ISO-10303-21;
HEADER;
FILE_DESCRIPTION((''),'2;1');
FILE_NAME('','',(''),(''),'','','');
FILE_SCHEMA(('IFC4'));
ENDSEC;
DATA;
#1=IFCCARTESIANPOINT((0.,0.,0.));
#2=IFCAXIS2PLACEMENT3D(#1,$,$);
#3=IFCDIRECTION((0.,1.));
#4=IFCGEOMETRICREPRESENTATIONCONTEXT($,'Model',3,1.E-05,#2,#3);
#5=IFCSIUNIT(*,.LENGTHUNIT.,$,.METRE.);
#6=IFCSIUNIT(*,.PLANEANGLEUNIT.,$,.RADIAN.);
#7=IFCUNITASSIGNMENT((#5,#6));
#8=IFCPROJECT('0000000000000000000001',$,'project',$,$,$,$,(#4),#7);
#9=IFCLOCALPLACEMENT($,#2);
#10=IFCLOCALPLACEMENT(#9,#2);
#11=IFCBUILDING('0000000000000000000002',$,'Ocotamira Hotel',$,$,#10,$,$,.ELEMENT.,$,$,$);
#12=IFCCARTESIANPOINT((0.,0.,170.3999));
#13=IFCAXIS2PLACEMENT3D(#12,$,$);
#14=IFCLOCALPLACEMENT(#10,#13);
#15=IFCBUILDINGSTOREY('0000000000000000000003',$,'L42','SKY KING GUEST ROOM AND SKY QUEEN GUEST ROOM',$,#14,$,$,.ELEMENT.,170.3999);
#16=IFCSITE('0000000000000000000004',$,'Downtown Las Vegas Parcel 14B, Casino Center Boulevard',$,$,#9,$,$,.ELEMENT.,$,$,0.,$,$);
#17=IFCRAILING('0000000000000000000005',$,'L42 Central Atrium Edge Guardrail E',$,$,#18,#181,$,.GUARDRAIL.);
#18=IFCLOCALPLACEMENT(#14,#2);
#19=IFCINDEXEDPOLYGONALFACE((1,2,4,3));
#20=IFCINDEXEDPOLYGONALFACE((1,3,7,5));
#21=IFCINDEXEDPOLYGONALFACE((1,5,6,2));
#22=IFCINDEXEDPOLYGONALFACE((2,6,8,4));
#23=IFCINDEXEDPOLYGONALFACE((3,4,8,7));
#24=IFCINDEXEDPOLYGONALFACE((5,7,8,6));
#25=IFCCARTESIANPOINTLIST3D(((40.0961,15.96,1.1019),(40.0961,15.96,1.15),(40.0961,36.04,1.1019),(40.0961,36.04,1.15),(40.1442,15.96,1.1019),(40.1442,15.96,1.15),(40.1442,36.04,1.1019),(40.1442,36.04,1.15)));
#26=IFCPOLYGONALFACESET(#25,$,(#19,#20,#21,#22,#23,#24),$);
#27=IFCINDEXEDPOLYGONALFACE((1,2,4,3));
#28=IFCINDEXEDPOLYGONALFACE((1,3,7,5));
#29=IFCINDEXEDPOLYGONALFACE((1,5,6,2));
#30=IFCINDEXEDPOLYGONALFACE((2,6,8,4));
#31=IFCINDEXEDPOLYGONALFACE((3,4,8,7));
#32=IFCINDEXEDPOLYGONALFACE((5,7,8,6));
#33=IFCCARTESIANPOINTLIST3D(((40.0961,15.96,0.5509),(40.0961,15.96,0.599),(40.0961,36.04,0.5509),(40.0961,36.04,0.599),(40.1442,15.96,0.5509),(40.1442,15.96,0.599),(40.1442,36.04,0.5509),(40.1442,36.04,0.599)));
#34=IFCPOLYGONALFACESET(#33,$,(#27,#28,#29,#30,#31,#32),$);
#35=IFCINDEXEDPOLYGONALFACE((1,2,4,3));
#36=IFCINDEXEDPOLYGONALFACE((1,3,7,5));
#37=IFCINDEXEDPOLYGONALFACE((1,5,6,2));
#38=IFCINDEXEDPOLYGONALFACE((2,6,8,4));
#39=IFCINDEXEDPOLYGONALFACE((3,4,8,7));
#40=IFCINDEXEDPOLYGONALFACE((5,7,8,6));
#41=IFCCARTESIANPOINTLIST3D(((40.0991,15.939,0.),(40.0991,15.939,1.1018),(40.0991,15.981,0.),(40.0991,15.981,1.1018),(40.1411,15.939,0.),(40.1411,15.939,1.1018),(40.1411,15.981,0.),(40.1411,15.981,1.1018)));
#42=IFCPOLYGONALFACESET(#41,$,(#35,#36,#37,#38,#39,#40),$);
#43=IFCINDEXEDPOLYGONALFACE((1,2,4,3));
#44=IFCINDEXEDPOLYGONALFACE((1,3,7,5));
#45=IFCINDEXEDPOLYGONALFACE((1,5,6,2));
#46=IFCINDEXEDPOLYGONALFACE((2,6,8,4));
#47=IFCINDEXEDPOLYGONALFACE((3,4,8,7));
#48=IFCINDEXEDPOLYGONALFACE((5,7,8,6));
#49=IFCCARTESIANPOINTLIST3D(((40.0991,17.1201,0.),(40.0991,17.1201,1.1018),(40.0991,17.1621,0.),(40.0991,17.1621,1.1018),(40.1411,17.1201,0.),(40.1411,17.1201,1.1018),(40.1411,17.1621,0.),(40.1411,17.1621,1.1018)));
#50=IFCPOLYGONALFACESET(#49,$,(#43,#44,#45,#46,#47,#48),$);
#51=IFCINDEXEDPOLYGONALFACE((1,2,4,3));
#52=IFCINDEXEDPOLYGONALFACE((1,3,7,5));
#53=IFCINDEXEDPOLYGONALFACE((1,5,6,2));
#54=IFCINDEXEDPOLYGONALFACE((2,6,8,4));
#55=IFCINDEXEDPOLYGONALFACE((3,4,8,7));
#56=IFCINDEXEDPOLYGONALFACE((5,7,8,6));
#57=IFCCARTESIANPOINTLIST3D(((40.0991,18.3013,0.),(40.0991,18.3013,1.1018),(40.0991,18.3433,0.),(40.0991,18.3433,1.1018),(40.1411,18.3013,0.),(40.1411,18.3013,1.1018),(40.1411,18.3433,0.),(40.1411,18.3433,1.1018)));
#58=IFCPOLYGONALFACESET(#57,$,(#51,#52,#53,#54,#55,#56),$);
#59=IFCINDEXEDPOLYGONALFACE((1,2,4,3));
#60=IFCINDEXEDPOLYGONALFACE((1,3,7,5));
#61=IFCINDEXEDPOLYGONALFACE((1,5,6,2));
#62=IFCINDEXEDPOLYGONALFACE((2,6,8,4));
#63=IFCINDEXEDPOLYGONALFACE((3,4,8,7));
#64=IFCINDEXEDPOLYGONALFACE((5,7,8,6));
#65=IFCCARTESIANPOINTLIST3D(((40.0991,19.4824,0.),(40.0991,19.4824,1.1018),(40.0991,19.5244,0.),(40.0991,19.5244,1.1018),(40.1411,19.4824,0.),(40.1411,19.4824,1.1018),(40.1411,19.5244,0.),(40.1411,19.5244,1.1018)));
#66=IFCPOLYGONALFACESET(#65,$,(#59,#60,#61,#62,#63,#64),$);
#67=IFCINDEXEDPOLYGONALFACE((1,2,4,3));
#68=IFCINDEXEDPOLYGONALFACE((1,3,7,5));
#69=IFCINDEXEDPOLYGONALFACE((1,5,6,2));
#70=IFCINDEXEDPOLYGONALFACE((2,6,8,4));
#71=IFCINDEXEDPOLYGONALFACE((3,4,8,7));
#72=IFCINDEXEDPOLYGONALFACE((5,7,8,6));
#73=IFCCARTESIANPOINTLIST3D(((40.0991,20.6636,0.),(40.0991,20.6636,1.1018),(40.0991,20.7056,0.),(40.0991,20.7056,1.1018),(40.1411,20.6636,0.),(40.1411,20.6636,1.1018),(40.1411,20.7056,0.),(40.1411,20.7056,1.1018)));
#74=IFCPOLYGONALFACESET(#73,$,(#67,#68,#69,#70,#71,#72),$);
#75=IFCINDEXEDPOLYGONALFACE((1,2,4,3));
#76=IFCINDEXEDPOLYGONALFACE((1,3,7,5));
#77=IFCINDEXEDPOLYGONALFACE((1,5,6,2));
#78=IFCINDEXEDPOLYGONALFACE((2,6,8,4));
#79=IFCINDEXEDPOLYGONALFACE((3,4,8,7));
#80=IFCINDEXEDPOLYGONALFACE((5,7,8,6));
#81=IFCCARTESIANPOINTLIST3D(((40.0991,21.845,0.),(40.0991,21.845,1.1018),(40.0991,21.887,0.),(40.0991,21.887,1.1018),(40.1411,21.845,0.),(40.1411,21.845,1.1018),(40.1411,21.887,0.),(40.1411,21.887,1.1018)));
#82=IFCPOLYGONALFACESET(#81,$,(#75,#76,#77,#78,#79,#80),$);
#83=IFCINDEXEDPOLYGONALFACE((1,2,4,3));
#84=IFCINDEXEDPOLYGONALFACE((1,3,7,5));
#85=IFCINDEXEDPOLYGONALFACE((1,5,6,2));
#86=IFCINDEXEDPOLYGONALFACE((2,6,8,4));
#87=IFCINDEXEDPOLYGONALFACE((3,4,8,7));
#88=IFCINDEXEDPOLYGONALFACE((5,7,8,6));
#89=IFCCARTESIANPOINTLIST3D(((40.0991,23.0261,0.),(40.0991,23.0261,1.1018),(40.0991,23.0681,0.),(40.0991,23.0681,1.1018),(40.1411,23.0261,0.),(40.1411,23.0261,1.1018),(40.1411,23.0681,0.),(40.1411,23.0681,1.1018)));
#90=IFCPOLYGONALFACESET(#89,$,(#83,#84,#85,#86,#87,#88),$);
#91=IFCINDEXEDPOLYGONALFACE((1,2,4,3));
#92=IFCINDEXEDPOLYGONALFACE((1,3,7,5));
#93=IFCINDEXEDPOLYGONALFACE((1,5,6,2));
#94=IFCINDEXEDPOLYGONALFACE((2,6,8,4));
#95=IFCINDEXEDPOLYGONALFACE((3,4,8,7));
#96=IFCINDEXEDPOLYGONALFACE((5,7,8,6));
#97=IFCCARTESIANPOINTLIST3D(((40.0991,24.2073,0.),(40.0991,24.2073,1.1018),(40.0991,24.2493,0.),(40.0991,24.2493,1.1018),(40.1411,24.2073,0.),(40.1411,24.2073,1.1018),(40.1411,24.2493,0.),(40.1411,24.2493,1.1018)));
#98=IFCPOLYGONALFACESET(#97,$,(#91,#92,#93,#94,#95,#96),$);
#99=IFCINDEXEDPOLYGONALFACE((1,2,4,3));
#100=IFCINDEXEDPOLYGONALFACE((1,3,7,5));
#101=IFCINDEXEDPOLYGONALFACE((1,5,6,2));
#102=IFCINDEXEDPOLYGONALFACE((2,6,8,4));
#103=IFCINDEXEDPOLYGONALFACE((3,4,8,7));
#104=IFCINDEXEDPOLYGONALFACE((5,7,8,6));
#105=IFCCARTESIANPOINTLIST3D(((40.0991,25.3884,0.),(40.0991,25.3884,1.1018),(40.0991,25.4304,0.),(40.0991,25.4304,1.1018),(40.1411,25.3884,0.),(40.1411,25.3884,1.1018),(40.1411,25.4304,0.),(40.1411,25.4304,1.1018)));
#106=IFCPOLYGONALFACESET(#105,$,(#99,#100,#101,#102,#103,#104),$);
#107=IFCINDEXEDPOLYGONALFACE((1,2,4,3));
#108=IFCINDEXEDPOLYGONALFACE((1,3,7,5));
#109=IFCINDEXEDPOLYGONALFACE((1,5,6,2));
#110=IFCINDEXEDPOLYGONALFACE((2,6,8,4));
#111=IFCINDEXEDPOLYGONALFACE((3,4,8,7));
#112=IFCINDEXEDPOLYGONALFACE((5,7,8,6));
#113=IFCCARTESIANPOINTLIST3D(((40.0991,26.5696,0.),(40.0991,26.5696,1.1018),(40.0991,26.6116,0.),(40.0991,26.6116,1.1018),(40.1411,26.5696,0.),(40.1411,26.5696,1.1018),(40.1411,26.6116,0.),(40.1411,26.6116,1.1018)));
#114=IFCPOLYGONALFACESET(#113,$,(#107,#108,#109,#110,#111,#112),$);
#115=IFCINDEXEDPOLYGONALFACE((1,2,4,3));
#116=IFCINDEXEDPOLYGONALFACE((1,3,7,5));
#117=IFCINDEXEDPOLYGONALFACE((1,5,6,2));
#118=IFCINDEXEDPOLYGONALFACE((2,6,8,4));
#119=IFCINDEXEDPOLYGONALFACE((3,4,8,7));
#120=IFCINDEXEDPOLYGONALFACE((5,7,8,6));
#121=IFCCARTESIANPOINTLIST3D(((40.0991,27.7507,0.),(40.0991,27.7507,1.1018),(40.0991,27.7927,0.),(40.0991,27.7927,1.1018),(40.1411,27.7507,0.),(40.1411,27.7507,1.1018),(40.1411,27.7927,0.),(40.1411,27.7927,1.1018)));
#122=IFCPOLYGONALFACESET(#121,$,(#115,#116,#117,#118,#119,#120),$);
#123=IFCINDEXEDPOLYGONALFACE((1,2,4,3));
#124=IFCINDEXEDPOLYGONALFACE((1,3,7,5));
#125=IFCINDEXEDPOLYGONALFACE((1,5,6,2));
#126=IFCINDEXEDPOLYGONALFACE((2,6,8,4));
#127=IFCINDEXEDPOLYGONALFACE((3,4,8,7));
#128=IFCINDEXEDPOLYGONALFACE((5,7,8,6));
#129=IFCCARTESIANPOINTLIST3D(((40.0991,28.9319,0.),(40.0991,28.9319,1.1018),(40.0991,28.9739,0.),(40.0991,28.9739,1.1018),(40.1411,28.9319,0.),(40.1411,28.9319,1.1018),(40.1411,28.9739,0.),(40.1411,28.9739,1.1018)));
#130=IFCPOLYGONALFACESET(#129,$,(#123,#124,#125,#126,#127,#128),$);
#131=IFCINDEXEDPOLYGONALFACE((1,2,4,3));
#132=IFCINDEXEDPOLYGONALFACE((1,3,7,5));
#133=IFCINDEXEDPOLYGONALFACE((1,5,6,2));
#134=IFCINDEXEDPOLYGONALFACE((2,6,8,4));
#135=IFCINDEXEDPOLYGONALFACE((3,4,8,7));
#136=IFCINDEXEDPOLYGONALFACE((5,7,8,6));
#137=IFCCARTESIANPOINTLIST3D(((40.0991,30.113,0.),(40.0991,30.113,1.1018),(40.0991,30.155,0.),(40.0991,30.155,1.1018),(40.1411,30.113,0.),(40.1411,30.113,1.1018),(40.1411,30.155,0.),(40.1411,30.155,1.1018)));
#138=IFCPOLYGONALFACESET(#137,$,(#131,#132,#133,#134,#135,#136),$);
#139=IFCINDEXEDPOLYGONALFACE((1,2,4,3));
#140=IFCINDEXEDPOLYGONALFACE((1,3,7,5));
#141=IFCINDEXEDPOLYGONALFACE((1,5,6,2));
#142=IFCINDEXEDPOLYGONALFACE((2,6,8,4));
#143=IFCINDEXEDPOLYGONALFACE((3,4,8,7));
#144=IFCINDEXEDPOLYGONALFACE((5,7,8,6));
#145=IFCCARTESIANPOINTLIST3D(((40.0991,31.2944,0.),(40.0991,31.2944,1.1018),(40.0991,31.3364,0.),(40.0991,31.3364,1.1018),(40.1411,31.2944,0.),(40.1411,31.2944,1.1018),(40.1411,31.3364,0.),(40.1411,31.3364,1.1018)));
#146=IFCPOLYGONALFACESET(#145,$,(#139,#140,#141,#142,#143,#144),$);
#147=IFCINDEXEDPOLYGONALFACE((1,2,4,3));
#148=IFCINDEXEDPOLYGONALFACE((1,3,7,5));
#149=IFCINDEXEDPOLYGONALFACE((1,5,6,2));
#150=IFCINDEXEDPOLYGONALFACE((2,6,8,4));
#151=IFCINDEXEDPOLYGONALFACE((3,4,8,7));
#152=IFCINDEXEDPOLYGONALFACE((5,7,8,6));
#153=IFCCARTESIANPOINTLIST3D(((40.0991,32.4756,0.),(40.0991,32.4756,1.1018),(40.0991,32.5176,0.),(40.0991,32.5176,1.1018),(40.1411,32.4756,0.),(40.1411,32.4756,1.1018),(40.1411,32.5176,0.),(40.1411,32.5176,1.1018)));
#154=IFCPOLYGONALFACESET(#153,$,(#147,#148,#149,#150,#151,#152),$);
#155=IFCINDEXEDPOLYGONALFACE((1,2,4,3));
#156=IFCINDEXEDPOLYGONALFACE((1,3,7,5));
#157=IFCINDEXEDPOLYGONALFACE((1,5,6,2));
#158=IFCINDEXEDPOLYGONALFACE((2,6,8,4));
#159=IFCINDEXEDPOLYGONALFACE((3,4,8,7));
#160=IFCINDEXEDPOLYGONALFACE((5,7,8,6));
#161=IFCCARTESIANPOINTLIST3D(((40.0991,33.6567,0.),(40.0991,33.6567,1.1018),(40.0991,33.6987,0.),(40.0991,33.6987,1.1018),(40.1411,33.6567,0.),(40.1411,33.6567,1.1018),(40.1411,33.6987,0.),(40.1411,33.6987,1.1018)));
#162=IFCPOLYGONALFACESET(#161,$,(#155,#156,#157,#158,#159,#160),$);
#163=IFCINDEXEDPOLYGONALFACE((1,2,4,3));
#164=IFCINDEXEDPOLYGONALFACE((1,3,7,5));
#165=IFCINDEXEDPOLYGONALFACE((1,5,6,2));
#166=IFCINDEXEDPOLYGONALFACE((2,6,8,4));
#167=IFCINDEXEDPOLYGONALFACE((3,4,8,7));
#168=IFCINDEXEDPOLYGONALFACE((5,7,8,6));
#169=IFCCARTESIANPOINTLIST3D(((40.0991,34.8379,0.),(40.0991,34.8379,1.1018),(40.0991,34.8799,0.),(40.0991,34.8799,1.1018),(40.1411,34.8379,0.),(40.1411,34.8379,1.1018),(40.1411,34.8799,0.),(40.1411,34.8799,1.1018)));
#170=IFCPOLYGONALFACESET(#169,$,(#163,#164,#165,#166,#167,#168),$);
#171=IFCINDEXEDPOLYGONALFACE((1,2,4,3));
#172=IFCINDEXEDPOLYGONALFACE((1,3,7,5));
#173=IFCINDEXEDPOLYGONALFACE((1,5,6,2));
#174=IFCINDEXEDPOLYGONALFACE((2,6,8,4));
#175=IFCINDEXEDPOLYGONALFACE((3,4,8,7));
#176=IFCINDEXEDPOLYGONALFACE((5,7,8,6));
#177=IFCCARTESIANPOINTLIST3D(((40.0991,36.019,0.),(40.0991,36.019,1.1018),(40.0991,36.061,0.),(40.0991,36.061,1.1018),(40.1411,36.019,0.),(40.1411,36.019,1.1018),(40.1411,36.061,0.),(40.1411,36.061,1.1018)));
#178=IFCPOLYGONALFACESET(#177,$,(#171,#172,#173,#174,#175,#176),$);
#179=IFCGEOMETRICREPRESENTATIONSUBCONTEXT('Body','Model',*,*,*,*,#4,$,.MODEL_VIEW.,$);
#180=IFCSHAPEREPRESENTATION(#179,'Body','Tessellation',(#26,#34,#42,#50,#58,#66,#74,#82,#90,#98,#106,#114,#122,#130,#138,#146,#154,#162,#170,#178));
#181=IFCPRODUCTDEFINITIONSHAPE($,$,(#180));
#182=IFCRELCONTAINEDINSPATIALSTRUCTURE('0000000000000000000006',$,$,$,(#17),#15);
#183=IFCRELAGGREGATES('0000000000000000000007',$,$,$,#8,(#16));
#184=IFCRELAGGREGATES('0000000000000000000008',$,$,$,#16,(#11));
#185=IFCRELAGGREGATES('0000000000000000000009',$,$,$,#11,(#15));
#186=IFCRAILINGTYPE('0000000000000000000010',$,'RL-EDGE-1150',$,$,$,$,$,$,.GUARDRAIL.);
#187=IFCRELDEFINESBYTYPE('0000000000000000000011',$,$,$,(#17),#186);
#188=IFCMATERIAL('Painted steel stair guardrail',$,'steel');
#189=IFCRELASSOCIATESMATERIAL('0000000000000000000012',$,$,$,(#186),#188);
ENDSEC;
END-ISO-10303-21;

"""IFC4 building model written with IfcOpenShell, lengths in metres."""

from ifc_helpers import new_model, si_unit, direction, frame, origin, origin_2d, place, context, subcontext, project, spatial, rectangle, extrude, material, type_object, element, save


model = new_model("IFC4")

# Units and contexts
model_context = context("Model", 3, precision=1e-05, world=origin(), true_north=direction((0.0, 1.0)))
body_context = subcontext(model_context, "Body", "Model", "MODEL_VIEW")
ifc_project = project(units=[si_unit("LENGTHUNIT", "METRE"), si_unit("PLANEANGLEUNIT", "RADIAN")], contexts=[model_context])

# Site, building, storey
site_placement = place(None, origin())
site = spatial("IfcSite", under=ifc_project, at=site_placement, Name="Downtown Las Vegas Parcel 14B, Casino Center Boulevard", CompositionType="ELEMENT", RefElevation=0.0)
building_placement = place(site_placement, origin())
building = spatial("IfcBuilding", under=site, at=building_placement, Name="Ocotamira Hotel", CompositionType="ELEMENT")
storey_placement = place(building_placement, frame((0.0, 0.0, 170.3999)))
storey = spatial("IfcBuildingStorey", under=building, at=storey_placement, Name="L42", Description="SKY KING GUEST ROOM AND SKY QUEEN GUEST ROOM", CompositionType="ELEMENT", Elevation=170.3999)

# Railing
ifc_material_1 = material(Name="Painted steel stair guardrail", Category="steel")
railing_type = type_object("IfcRailingType", Name="RL-EDGE-1150", PredefinedType="GUARDRAIL", material=ifc_material_1)
railing_1_placement = place(storey_placement, frame((40.1201, 15.96, 0.0)))
element("IfcRailing", 1, at=railing_1_placement, inside=storey, type_object=railing_type, Name="L42 Central Atrium Edge Guardrail E", PredefinedType="GUARDRAIL", context=body_context, shape_type="SweptSolid", body=[
    extrude(rectangle(XDim=0.0481, YDim=0.0481, at=origin_2d()), frame((0.0, 0.0, 1.126), z_axis=(0.0, 1.0, 0.0), x_axis=(-1.0, 0.0, 0.0)), (0.0, 0.0, 1.0), 20.0801),
    extrude(rectangle(XDim=0.0481, YDim=0.0481, at=origin_2d()), frame((0.0, 0.0, 0.575), z_axis=(0.0, 1.0, 0.0), x_axis=(-1.0, 0.0, 0.0)), (0.0, 0.0, 1.0), 20.0801),
    extrude(rectangle(XDim=0.042, YDim=0.042, at=origin_2d()), origin(), (0.0, 0.0, 1.0), 1.1018),
    extrude(rectangle(XDim=0.042, YDim=0.042, at=origin_2d()), frame((0.0, 1.1812, 0.0)), (0.0, 0.0, 1.0), 1.1018),
    extrude(rectangle(XDim=0.042, YDim=0.042, at=origin_2d()), frame((0.0, 2.3623, 0.0)), (0.0, 0.0, 1.0), 1.1018),
    extrude(rectangle(XDim=0.042, YDim=0.042, at=origin_2d()), frame((0.0, 3.5435, 0.0)), (0.0, 0.0, 1.0), 1.1018),
    extrude(rectangle(XDim=0.042, YDim=0.042, at=origin_2d()), frame((0.0, 4.7246, 0.0)), (0.0, 0.0, 1.0), 1.1018),
    extrude(rectangle(XDim=0.042, YDim=0.042, at=origin_2d()), frame((0.0, 5.906, 0.0)), (0.0, 0.0, 1.0), 1.1018),
    extrude(rectangle(XDim=0.042, YDim=0.042, at=origin_2d()), frame((0.0, 7.0872, 0.0)), (0.0, 0.0, 1.0), 1.1018),
    extrude(rectangle(XDim=0.042, YDim=0.042, at=origin_2d()), frame((0.0, 8.2683, 0.0)), (0.0, 0.0, 1.0), 1.1018),
    extrude(rectangle(XDim=0.042, YDim=0.042, at=origin_2d()), frame((0.0, 9.4495, 0.0)), (0.0, 0.0, 1.0), 1.1018),
    extrude(rectangle(XDim=0.042, YDim=0.042, at=origin_2d()), frame((0.0, 10.6306, 0.0)), (0.0, 0.0, 1.0), 1.1018),
    extrude(rectangle(XDim=0.042, YDim=0.042, at=origin_2d()), frame((0.0, 11.8118, 0.0)), (0.0, 0.0, 1.0), 1.1018),
    extrude(rectangle(XDim=0.042, YDim=0.042, at=origin_2d()), frame((0.0, 12.9929, 0.0)), (0.0, 0.0, 1.0), 1.1018),
    extrude(rectangle(XDim=0.042, YDim=0.042, at=origin_2d()), frame((0.0, 14.1741, 0.0)), (0.0, 0.0, 1.0), 1.1018),
    extrude(rectangle(XDim=0.042, YDim=0.042, at=origin_2d()), frame((0.0, 15.3555, 0.0)), (0.0, 0.0, 1.0), 1.1018),
    extrude(rectangle(XDim=0.042, YDim=0.042, at=origin_2d()), frame((0.0, 16.5366, 0.0)), (0.0, 0.0, 1.0), 1.1018),
    extrude(rectangle(XDim=0.042, YDim=0.042, at=origin_2d()), frame((0.0, 17.7178, 0.0)), (0.0, 0.0, 1.0), 1.1018),
    extrude(rectangle(XDim=0.042, YDim=0.042, at=origin_2d()), frame((0.0, 18.8989, 0.0)), (0.0, 0.0, 1.0), 1.1018),
    extrude(rectangle(XDim=0.042, YDim=0.042, at=origin_2d()), frame((0.0, 20.0801, 0.0)), (0.0, 0.0, 1.0), 1.1018),
])

save(model, "model.ifc")
